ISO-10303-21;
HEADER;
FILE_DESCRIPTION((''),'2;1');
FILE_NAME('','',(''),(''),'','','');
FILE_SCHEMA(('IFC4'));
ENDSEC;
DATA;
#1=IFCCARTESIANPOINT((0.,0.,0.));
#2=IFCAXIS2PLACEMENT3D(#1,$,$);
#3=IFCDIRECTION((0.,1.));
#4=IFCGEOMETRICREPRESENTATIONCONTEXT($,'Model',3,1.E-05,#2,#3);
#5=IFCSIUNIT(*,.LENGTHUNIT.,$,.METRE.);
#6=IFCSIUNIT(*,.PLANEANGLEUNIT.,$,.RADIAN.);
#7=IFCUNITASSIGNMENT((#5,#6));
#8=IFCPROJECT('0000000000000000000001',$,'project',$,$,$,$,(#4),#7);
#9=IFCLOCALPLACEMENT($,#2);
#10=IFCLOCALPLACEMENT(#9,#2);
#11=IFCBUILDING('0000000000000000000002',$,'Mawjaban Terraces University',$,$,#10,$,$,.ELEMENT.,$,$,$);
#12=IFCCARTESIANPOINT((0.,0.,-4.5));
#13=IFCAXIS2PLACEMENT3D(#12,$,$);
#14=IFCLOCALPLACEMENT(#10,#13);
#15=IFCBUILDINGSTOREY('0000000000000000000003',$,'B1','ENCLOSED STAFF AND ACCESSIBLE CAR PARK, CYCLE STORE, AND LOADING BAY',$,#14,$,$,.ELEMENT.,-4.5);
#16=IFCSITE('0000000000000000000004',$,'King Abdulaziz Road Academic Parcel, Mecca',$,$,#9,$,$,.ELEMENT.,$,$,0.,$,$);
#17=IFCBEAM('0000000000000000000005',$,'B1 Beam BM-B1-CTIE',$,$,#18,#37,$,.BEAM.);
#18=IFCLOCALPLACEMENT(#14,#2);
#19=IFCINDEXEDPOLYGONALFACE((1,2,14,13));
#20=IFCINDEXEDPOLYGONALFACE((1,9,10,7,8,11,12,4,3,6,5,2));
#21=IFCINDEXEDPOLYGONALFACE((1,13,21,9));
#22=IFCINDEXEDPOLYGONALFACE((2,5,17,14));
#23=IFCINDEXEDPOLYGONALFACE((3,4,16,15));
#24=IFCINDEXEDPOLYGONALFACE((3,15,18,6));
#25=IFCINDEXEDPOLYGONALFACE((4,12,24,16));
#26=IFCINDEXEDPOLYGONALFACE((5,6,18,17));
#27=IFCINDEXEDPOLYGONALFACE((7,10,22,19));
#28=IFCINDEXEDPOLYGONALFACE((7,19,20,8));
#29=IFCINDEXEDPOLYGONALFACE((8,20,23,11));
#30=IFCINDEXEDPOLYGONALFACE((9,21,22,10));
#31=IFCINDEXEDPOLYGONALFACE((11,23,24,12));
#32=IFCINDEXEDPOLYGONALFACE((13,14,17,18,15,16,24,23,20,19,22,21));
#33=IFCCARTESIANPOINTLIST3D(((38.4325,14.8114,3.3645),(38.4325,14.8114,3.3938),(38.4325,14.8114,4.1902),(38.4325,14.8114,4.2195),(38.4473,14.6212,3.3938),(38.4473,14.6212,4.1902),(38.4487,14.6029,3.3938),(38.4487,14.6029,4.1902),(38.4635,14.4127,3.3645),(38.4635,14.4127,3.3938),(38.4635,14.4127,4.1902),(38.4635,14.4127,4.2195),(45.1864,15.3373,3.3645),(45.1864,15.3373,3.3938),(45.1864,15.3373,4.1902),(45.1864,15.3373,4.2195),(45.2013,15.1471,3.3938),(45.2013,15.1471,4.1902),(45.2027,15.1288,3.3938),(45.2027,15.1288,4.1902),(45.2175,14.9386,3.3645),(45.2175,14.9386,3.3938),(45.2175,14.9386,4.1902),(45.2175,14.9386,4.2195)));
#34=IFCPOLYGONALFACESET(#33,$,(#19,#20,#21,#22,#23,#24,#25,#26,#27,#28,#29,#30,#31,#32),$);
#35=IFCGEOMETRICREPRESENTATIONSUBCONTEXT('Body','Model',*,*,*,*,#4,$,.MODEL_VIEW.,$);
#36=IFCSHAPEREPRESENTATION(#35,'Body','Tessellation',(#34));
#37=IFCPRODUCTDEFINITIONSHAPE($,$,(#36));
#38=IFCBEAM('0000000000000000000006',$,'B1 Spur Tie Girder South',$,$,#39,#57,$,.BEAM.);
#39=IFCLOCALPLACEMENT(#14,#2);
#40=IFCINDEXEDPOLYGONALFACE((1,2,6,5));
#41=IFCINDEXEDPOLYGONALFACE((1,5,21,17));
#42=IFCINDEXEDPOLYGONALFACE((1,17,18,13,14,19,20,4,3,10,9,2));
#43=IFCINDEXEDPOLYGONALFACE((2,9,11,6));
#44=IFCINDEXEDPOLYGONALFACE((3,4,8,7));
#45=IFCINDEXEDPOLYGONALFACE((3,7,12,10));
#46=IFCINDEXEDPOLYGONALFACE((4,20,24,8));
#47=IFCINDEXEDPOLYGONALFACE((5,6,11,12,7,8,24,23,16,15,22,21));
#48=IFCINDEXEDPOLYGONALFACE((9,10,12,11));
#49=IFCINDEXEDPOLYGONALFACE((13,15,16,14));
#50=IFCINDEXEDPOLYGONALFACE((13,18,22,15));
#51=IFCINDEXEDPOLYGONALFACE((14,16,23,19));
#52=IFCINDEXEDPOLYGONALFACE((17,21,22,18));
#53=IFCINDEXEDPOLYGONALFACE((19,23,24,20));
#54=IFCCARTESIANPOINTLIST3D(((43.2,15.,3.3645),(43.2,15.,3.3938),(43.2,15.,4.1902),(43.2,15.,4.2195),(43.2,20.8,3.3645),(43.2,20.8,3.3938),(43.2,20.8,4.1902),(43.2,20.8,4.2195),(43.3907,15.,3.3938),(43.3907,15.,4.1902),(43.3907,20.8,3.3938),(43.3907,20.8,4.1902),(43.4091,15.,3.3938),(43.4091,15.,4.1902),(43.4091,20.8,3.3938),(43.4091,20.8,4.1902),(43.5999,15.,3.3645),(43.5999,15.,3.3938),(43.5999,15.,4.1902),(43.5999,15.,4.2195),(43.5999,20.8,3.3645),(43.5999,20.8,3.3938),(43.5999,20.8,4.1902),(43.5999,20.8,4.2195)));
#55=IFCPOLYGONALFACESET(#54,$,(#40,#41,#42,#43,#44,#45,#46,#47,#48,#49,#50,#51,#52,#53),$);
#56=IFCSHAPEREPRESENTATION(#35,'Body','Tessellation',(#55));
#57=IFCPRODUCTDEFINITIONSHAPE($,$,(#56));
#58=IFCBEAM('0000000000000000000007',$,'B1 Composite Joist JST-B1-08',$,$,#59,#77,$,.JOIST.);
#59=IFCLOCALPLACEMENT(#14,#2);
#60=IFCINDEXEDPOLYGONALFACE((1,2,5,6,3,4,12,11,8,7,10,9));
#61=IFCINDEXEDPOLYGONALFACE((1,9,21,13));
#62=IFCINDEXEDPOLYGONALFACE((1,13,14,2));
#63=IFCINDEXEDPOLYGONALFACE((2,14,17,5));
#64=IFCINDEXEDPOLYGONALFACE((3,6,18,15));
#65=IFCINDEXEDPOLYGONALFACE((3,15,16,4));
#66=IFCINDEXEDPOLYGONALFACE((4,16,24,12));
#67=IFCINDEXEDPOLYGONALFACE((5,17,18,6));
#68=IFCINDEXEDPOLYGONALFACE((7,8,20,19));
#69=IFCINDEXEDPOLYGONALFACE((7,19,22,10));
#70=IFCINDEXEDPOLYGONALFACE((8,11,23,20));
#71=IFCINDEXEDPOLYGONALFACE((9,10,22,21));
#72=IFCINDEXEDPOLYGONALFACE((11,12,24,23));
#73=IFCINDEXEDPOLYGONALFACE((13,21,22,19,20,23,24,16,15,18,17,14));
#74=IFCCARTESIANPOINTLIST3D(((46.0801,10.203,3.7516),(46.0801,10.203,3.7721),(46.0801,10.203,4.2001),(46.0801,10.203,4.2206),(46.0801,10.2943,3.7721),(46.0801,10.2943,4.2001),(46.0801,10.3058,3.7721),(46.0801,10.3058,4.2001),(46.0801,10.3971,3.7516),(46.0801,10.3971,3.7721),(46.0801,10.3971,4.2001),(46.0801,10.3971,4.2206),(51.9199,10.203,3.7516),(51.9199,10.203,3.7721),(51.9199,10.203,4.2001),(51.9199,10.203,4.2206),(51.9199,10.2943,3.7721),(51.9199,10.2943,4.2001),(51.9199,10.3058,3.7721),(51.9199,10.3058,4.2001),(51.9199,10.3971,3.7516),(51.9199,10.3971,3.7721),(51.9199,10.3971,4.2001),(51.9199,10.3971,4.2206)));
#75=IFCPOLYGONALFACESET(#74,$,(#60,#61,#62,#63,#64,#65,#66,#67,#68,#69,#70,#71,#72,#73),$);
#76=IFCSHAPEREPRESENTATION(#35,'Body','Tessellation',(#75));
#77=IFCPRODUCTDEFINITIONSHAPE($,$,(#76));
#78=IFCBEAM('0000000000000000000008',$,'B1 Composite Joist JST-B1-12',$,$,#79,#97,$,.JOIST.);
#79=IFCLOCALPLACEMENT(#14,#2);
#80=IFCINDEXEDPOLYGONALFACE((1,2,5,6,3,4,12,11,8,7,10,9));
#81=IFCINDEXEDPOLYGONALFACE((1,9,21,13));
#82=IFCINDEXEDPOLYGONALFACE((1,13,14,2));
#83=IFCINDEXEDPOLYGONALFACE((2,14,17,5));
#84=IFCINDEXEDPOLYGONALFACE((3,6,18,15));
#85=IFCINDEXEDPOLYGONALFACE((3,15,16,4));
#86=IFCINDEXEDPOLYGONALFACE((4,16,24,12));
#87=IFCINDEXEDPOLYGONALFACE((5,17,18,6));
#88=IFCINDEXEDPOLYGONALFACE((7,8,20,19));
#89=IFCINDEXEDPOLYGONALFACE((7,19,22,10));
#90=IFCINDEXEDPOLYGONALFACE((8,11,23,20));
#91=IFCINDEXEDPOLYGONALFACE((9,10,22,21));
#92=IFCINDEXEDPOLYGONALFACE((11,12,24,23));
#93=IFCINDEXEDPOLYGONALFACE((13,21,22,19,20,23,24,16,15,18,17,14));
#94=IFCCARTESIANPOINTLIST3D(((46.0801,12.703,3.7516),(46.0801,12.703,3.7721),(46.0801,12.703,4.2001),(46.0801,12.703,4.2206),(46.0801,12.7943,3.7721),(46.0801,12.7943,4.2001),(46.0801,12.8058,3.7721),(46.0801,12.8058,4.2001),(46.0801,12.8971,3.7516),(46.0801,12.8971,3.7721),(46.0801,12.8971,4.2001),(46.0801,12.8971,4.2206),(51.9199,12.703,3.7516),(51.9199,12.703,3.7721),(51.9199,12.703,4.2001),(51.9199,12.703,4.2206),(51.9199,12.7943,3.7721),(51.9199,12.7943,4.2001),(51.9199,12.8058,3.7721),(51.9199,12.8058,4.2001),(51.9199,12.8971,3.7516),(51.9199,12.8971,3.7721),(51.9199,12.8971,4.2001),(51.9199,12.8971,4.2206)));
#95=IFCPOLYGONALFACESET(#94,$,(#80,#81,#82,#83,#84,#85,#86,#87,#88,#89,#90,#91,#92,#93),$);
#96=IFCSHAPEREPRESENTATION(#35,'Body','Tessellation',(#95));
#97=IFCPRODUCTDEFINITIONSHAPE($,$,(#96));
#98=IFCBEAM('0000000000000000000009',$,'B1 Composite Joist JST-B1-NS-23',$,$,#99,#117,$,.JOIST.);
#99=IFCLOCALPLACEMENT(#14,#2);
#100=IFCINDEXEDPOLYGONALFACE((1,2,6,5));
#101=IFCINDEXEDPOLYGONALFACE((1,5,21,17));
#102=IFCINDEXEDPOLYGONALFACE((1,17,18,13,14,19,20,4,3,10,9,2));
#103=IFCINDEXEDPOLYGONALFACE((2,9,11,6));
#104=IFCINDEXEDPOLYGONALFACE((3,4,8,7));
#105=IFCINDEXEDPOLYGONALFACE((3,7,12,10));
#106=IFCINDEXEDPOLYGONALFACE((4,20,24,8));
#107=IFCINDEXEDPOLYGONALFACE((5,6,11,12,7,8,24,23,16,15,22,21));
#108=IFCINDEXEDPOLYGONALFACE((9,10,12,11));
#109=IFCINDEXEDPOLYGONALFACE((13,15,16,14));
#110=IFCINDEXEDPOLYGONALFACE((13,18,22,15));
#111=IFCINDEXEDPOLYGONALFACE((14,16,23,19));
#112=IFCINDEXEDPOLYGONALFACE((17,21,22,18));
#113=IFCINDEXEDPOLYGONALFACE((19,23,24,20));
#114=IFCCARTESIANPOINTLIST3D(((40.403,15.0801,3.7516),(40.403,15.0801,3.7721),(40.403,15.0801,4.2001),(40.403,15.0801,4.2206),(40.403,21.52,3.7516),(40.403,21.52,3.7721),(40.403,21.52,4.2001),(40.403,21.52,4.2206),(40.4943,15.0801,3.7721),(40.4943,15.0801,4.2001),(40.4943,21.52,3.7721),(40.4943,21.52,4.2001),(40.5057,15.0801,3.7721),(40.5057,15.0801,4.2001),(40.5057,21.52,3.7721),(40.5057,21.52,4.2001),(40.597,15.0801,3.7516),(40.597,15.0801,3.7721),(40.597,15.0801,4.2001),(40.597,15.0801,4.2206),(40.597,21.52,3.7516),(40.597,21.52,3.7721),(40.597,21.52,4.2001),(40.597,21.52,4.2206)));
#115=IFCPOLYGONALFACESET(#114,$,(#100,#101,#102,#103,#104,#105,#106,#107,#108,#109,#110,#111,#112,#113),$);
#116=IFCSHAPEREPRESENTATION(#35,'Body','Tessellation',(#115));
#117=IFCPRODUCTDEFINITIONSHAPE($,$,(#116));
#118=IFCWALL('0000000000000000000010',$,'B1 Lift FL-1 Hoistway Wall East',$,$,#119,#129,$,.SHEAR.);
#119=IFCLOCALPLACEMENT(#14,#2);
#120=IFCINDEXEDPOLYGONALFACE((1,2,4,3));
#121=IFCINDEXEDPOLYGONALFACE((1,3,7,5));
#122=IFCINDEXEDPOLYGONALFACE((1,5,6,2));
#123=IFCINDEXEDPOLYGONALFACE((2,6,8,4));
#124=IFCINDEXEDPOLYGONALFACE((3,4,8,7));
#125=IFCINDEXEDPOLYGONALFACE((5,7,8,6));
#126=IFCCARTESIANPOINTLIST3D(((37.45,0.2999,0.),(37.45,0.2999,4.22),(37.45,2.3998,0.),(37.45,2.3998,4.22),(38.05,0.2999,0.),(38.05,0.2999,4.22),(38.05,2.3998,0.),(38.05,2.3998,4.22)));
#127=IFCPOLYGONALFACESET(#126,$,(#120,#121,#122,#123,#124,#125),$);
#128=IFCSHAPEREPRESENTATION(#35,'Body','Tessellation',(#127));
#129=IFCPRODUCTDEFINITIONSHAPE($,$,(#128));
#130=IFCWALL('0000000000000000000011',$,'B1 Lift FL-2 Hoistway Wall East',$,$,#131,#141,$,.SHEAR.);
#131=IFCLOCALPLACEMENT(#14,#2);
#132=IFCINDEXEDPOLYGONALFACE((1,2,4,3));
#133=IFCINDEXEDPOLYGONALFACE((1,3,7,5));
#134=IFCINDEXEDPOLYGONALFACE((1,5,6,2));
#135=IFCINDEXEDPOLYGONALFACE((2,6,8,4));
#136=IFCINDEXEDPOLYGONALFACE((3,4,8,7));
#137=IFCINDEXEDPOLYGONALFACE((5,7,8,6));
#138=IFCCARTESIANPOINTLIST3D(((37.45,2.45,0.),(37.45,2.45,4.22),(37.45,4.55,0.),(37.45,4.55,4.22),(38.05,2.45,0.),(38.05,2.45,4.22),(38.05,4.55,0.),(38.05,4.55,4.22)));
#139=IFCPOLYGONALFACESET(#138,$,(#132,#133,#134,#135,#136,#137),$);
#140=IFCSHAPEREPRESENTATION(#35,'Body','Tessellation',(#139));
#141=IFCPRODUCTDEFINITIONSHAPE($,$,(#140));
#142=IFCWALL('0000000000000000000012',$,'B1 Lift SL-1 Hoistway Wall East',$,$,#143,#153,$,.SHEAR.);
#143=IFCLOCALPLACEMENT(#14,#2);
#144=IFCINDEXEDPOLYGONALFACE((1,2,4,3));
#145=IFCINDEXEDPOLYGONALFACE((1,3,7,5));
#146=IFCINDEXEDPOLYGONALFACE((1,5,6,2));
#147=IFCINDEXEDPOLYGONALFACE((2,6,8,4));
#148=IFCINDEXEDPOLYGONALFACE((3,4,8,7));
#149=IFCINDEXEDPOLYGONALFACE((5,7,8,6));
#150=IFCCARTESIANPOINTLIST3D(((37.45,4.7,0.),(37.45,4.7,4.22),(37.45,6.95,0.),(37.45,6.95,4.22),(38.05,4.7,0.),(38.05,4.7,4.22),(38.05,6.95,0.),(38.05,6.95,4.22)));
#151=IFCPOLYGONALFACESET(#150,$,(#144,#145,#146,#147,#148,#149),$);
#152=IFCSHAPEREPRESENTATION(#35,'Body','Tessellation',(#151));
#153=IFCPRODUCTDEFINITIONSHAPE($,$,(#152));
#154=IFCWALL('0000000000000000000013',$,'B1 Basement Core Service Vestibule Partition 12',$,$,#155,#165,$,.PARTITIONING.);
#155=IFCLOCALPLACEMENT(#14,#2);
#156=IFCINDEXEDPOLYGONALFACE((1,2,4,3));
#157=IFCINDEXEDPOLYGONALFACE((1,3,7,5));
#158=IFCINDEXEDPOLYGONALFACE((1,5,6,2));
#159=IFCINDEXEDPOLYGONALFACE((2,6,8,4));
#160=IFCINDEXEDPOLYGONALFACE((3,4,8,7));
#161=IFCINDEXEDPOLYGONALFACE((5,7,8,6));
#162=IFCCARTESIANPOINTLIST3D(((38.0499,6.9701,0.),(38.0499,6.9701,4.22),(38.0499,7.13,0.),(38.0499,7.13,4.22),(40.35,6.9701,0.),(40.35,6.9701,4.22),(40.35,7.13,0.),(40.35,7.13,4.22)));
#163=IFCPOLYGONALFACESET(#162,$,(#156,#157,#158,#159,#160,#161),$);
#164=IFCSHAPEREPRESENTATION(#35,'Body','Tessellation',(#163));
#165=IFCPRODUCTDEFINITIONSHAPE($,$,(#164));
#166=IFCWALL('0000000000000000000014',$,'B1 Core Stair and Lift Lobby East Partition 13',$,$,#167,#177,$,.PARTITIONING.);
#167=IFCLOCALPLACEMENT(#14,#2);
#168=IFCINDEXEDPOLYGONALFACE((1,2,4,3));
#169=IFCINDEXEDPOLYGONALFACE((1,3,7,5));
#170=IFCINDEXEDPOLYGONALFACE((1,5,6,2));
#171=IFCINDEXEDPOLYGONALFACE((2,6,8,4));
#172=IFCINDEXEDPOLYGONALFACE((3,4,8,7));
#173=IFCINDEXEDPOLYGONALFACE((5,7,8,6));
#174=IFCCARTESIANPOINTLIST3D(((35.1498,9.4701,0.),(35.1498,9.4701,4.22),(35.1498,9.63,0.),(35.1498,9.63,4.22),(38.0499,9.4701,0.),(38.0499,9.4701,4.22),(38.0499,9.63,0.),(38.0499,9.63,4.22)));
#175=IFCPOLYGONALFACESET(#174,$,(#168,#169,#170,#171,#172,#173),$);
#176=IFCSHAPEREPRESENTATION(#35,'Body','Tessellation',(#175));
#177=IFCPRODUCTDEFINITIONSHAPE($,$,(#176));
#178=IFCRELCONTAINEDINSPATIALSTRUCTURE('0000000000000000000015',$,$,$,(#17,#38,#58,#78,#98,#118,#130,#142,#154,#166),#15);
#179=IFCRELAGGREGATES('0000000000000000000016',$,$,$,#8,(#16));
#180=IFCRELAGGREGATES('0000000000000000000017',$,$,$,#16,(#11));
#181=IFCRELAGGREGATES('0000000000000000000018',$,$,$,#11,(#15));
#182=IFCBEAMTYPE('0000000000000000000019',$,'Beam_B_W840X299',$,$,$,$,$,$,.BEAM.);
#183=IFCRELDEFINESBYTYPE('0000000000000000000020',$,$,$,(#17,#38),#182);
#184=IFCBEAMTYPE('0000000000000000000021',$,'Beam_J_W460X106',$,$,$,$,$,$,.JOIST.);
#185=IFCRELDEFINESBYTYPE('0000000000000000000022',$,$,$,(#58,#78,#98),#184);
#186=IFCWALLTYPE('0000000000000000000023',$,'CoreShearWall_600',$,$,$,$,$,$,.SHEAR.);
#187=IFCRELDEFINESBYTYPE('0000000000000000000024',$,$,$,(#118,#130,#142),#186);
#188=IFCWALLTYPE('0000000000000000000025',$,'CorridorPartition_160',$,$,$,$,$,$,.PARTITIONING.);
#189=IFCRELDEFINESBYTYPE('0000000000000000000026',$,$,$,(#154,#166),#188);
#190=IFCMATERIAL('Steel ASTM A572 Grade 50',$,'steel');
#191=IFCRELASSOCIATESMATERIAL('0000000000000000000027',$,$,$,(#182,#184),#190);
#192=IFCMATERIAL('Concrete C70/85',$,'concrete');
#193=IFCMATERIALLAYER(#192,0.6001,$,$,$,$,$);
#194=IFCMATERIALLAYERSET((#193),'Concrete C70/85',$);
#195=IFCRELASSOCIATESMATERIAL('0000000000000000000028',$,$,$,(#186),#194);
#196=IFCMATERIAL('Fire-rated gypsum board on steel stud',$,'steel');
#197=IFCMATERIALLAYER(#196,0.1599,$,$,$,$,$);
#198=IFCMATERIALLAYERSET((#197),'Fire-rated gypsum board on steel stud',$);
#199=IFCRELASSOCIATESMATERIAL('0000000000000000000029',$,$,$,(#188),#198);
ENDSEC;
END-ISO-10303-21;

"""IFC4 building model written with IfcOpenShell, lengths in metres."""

from ifc_helpers import new_model, si_unit, direction, frame, frame_2d, origin, origin_2d, place, context, subcontext, project, spatial, rectangle, i_section, extrude, material, layer, layer_set, material_profile, profile_set, type_object, element, save


model = new_model("IFC4")

# Units and contexts
model_context = context("Model", 3, precision=1e-05, world=origin(), true_north=direction((0.0, 1.0)))
body_context = subcontext(model_context, "Body", "Model", "MODEL_VIEW")
ifc_project = project(units=[si_unit("LENGTHUNIT", "METRE"), si_unit("PLANEANGLEUNIT", "RADIAN")], contexts=[model_context])

# Site, building, storey
site_placement = place(None, origin())
site = spatial("IfcSite", under=ifc_project, at=site_placement, Name="King Abdulaziz Road Academic Parcel, Mecca", CompositionType="ELEMENT", RefElevation=0.0)
building_placement = place(site_placement, origin())
building = spatial("IfcBuilding", under=site, at=building_placement, Name="Mawjaban Terraces University", CompositionType="ELEMENT")
storey_placement = place(building_placement, frame((0.0, 0.0, -4.5)))
storey = spatial("IfcBuildingStorey", under=building, at=storey_placement, Name="B1", Description="ENCLOSED STAFF AND ACCESSIBLE CAR PARK, CYCLE STORE, AND LOADING BAY", CompositionType="ELEMENT", Elevation=-4.5)

# Shared definitions
ifc_material_1 = material(Name="Concrete C70/85", Category="concrete")

# Beams
ifc_material_2 = material(Name="Steel ASTM A572 Grade 50", Category="steel")
ifc_material_profile_1 = material_profile(ifc_material_2, i_section(OverallWidth=0.3999, OverallDepth=0.855, WebThickness=0.0183, FlangeThickness=0.0293, at=origin_2d()), Name="W840X299")
ifc_profile_set_1 = profile_set([ifc_material_profile_1], Name="Steel ASTM A572 Grade 50")
beam_type_1 = type_object("IfcBeamType", Name="Beam_B_W840X299", PredefinedType="BEAM", material=ifc_profile_set_1)
beam_1_placement = place(storey_placement, frame((38.448, 14.6121, 3.792), z_axis=(0.996982, 0.077628, 0.0), x_axis=(-0.077628, 0.996982, 0.0)))
element("IfcBeam", 1, at=beam_1_placement, inside=storey, type_object=beam_type_1, Name="B1 Beam BM-B1-CTIE", PredefinedType="BEAM", context=body_context, shape_type="SweptSolid", body=[
    extrude(i_section(OverallWidth=0.3999, OverallDepth=0.855, WebThickness=0.0183, FlangeThickness=0.0293, at=origin_2d()), origin(), (0.0, 0.0, 1.0), 6.7744),
])
beam_2_placement = place(storey_placement, frame((43.3999, 15.0, 3.792), z_axis=(0.0, 1.0, 0.0), x_axis=(-1.0, 0.0, 0.0)))
element("IfcBeam", 2, at=beam_2_placement, inside=storey, type_object=beam_type_1, Name="B1 Spur Tie Girder South", PredefinedType="BEAM", context=body_context, shape_type="SweptSolid", body=[
    extrude(i_section(OverallWidth=0.3999, OverallDepth=0.855, WebThickness=0.0183, FlangeThickness=0.0293, at=origin_2d()), origin(), (0.0, 0.0, 1.0), 5.8),
])
ifc_material_profile_2 = material_profile(ifc_material_2, i_section(OverallWidth=0.1941, OverallDepth=0.469, WebThickness=0.0115, FlangeThickness=0.0205, at=origin_2d()), Name="W460X106")
ifc_profile_set_2 = profile_set([ifc_material_profile_2], Name="Steel ASTM A572 Grade 50")
beam_type_2 = type_object("IfcBeamType", Name="Beam_J_W460X106", PredefinedType="JOIST", material=ifc_profile_set_2)
for number, where, z_axis, x_axis, name in (
    (3, (46.0801, 10.3, 3.9861), (1.0, 0.0, 0.0), (0.0, 1.0, 0.0), "B1 Composite Joist JST-B1-08"),
    (4, (46.0801, 12.8, 3.9861), (1.0, 0.0, 0.0), (0.0, 1.0, 0.0), "B1 Composite Joist JST-B1-12"),
):
    element("IfcBeam", number, at=place(storey_placement, frame(where, z_axis=z_axis, x_axis=x_axis)), inside=storey, type_object=beam_type_2, Name=name, PredefinedType="JOIST", context=body_context, shape_type="SweptSolid", body=[
        extrude(i_section(OverallWidth=0.1941, OverallDepth=0.469, WebThickness=0.0115, FlangeThickness=0.0205, at=origin_2d()), origin(), (0.0, 0.0, 1.0), 5.8398),
    ])
beam_3_placement = place(storey_placement, frame((40.5, 15.0801, 3.9861), z_axis=(0.0, 1.0, 0.0), x_axis=(-1.0, 0.0, 0.0)))
element("IfcBeam", 5, at=beam_3_placement, inside=storey, type_object=beam_type_2, Name="B1 Composite Joist JST-B1-NS-23", PredefinedType="JOIST", context=body_context, shape_type="SweptSolid", body=[
    extrude(i_section(OverallWidth=0.1941, OverallDepth=0.469, WebThickness=0.0115, FlangeThickness=0.0205, at=origin_2d()), origin(), (0.0, 0.0, 1.0), 6.4399),
])

# Walls
ifc_layer_1 = layer(ifc_material_1, 0.6001)
ifc_layer_set_1 = layer_set([ifc_layer_1], Name="Concrete C70/85")
wall_type_1 = type_object("IfcWallType", Name="CoreShearWall_600", PredefinedType="SHEAR", material=ifc_layer_set_1)
wall_1_placement = place(storey_placement, frame((37.75, 0.3, 0.0), z_axis=(0.0, 0.0, 1.0), x_axis=(0.0, 1.0, 0.0)))
element("IfcWall", 6, at=wall_1_placement, inside=storey, type_object=wall_type_1, Name="B1 Lift FL-1 Hoistway Wall East", PredefinedType="SHEAR", context=body_context, shape_type="SweptSolid", body=[
    extrude(rectangle(XDim=2.0999, YDim=0.6001, at=frame_2d((1.0498, 0.0))), origin(), (0.0, 0.0, 1.0), 4.22),
])
wall_2_placement = place(storey_placement, frame((37.75, 2.45, 0.0), z_axis=(0.0, 0.0, 1.0), x_axis=(0.0, 1.0, 0.0)))
element("IfcWall", 7, at=wall_2_placement, inside=storey, type_object=wall_type_1, Name="B1 Lift FL-2 Hoistway Wall East", PredefinedType="SHEAR", context=body_context, shape_type="SweptSolid", body=[
    extrude(rectangle(XDim=2.1001, YDim=0.6001, at=frame_2d((1.05, 0.0))), origin(), (0.0, 0.0, 1.0), 4.22),
])
wall_3_placement = place(storey_placement, frame((37.75, 4.7, 0.0), z_axis=(0.0, 0.0, 1.0), x_axis=(0.0, 1.0, 0.0)))
element("IfcWall", 8, at=wall_3_placement, inside=storey, type_object=wall_type_1, Name="B1 Lift SL-1 Hoistway Wall East", PredefinedType="SHEAR", context=body_context, shape_type="SweptSolid", body=[
    extrude(rectangle(XDim=2.25, YDim=0.6001, at=frame_2d((1.125, 0.0))), origin(), (0.0, 0.0, 1.0), 4.22),
])
ifc_material_3 = material(Name="Fire-rated gypsum board on steel stud", Category="steel")
ifc_layer_2 = layer(ifc_material_3, 0.1599)
ifc_layer_set_2 = layer_set([ifc_layer_2], Name="Fire-rated gypsum board on steel stud")
wall_type_2 = type_object("IfcWallType", Name="CorridorPartition_160", PredefinedType="PARTITIONING", material=ifc_layer_set_2)
wall_4_placement = place(storey_placement, frame((38.05, 7.05, 0.0), z_axis=(0.0, 0.0, 1.0), x_axis=(1.0, 0.0, 0.0)))
element("IfcWall", 9, at=wall_4_placement, inside=storey, type_object=wall_type_2, Name="B1 Basement Core Service Vestibule Partition 12", PredefinedType="PARTITIONING", context=body_context, shape_type="SweptSolid", body=[
    extrude(rectangle(XDim=2.3, YDim=0.1599, at=frame_2d((1.1499, 0.0))), origin(), (0.0, 0.0, 1.0), 4.22),
])
wall_5_placement = place(storey_placement, frame((38.05, 9.55, 0.0), z_axis=(0.0, 0.0, 1.0), x_axis=(-1.0, 0.0, 0.0)))
element("IfcWall", 10, at=wall_5_placement, inside=storey, type_object=wall_type_2, Name="B1 Core Stair and Lift Lobby East Partition 13", PredefinedType="PARTITIONING", context=body_context, shape_type="SweptSolid", body=[
    extrude(rectangle(XDim=2.9001, YDim=0.1599, at=frame_2d((1.4502, 0.0))), origin(), (0.0, 0.0, 1.0), 4.22),
])

save(model, "model.ifc")
